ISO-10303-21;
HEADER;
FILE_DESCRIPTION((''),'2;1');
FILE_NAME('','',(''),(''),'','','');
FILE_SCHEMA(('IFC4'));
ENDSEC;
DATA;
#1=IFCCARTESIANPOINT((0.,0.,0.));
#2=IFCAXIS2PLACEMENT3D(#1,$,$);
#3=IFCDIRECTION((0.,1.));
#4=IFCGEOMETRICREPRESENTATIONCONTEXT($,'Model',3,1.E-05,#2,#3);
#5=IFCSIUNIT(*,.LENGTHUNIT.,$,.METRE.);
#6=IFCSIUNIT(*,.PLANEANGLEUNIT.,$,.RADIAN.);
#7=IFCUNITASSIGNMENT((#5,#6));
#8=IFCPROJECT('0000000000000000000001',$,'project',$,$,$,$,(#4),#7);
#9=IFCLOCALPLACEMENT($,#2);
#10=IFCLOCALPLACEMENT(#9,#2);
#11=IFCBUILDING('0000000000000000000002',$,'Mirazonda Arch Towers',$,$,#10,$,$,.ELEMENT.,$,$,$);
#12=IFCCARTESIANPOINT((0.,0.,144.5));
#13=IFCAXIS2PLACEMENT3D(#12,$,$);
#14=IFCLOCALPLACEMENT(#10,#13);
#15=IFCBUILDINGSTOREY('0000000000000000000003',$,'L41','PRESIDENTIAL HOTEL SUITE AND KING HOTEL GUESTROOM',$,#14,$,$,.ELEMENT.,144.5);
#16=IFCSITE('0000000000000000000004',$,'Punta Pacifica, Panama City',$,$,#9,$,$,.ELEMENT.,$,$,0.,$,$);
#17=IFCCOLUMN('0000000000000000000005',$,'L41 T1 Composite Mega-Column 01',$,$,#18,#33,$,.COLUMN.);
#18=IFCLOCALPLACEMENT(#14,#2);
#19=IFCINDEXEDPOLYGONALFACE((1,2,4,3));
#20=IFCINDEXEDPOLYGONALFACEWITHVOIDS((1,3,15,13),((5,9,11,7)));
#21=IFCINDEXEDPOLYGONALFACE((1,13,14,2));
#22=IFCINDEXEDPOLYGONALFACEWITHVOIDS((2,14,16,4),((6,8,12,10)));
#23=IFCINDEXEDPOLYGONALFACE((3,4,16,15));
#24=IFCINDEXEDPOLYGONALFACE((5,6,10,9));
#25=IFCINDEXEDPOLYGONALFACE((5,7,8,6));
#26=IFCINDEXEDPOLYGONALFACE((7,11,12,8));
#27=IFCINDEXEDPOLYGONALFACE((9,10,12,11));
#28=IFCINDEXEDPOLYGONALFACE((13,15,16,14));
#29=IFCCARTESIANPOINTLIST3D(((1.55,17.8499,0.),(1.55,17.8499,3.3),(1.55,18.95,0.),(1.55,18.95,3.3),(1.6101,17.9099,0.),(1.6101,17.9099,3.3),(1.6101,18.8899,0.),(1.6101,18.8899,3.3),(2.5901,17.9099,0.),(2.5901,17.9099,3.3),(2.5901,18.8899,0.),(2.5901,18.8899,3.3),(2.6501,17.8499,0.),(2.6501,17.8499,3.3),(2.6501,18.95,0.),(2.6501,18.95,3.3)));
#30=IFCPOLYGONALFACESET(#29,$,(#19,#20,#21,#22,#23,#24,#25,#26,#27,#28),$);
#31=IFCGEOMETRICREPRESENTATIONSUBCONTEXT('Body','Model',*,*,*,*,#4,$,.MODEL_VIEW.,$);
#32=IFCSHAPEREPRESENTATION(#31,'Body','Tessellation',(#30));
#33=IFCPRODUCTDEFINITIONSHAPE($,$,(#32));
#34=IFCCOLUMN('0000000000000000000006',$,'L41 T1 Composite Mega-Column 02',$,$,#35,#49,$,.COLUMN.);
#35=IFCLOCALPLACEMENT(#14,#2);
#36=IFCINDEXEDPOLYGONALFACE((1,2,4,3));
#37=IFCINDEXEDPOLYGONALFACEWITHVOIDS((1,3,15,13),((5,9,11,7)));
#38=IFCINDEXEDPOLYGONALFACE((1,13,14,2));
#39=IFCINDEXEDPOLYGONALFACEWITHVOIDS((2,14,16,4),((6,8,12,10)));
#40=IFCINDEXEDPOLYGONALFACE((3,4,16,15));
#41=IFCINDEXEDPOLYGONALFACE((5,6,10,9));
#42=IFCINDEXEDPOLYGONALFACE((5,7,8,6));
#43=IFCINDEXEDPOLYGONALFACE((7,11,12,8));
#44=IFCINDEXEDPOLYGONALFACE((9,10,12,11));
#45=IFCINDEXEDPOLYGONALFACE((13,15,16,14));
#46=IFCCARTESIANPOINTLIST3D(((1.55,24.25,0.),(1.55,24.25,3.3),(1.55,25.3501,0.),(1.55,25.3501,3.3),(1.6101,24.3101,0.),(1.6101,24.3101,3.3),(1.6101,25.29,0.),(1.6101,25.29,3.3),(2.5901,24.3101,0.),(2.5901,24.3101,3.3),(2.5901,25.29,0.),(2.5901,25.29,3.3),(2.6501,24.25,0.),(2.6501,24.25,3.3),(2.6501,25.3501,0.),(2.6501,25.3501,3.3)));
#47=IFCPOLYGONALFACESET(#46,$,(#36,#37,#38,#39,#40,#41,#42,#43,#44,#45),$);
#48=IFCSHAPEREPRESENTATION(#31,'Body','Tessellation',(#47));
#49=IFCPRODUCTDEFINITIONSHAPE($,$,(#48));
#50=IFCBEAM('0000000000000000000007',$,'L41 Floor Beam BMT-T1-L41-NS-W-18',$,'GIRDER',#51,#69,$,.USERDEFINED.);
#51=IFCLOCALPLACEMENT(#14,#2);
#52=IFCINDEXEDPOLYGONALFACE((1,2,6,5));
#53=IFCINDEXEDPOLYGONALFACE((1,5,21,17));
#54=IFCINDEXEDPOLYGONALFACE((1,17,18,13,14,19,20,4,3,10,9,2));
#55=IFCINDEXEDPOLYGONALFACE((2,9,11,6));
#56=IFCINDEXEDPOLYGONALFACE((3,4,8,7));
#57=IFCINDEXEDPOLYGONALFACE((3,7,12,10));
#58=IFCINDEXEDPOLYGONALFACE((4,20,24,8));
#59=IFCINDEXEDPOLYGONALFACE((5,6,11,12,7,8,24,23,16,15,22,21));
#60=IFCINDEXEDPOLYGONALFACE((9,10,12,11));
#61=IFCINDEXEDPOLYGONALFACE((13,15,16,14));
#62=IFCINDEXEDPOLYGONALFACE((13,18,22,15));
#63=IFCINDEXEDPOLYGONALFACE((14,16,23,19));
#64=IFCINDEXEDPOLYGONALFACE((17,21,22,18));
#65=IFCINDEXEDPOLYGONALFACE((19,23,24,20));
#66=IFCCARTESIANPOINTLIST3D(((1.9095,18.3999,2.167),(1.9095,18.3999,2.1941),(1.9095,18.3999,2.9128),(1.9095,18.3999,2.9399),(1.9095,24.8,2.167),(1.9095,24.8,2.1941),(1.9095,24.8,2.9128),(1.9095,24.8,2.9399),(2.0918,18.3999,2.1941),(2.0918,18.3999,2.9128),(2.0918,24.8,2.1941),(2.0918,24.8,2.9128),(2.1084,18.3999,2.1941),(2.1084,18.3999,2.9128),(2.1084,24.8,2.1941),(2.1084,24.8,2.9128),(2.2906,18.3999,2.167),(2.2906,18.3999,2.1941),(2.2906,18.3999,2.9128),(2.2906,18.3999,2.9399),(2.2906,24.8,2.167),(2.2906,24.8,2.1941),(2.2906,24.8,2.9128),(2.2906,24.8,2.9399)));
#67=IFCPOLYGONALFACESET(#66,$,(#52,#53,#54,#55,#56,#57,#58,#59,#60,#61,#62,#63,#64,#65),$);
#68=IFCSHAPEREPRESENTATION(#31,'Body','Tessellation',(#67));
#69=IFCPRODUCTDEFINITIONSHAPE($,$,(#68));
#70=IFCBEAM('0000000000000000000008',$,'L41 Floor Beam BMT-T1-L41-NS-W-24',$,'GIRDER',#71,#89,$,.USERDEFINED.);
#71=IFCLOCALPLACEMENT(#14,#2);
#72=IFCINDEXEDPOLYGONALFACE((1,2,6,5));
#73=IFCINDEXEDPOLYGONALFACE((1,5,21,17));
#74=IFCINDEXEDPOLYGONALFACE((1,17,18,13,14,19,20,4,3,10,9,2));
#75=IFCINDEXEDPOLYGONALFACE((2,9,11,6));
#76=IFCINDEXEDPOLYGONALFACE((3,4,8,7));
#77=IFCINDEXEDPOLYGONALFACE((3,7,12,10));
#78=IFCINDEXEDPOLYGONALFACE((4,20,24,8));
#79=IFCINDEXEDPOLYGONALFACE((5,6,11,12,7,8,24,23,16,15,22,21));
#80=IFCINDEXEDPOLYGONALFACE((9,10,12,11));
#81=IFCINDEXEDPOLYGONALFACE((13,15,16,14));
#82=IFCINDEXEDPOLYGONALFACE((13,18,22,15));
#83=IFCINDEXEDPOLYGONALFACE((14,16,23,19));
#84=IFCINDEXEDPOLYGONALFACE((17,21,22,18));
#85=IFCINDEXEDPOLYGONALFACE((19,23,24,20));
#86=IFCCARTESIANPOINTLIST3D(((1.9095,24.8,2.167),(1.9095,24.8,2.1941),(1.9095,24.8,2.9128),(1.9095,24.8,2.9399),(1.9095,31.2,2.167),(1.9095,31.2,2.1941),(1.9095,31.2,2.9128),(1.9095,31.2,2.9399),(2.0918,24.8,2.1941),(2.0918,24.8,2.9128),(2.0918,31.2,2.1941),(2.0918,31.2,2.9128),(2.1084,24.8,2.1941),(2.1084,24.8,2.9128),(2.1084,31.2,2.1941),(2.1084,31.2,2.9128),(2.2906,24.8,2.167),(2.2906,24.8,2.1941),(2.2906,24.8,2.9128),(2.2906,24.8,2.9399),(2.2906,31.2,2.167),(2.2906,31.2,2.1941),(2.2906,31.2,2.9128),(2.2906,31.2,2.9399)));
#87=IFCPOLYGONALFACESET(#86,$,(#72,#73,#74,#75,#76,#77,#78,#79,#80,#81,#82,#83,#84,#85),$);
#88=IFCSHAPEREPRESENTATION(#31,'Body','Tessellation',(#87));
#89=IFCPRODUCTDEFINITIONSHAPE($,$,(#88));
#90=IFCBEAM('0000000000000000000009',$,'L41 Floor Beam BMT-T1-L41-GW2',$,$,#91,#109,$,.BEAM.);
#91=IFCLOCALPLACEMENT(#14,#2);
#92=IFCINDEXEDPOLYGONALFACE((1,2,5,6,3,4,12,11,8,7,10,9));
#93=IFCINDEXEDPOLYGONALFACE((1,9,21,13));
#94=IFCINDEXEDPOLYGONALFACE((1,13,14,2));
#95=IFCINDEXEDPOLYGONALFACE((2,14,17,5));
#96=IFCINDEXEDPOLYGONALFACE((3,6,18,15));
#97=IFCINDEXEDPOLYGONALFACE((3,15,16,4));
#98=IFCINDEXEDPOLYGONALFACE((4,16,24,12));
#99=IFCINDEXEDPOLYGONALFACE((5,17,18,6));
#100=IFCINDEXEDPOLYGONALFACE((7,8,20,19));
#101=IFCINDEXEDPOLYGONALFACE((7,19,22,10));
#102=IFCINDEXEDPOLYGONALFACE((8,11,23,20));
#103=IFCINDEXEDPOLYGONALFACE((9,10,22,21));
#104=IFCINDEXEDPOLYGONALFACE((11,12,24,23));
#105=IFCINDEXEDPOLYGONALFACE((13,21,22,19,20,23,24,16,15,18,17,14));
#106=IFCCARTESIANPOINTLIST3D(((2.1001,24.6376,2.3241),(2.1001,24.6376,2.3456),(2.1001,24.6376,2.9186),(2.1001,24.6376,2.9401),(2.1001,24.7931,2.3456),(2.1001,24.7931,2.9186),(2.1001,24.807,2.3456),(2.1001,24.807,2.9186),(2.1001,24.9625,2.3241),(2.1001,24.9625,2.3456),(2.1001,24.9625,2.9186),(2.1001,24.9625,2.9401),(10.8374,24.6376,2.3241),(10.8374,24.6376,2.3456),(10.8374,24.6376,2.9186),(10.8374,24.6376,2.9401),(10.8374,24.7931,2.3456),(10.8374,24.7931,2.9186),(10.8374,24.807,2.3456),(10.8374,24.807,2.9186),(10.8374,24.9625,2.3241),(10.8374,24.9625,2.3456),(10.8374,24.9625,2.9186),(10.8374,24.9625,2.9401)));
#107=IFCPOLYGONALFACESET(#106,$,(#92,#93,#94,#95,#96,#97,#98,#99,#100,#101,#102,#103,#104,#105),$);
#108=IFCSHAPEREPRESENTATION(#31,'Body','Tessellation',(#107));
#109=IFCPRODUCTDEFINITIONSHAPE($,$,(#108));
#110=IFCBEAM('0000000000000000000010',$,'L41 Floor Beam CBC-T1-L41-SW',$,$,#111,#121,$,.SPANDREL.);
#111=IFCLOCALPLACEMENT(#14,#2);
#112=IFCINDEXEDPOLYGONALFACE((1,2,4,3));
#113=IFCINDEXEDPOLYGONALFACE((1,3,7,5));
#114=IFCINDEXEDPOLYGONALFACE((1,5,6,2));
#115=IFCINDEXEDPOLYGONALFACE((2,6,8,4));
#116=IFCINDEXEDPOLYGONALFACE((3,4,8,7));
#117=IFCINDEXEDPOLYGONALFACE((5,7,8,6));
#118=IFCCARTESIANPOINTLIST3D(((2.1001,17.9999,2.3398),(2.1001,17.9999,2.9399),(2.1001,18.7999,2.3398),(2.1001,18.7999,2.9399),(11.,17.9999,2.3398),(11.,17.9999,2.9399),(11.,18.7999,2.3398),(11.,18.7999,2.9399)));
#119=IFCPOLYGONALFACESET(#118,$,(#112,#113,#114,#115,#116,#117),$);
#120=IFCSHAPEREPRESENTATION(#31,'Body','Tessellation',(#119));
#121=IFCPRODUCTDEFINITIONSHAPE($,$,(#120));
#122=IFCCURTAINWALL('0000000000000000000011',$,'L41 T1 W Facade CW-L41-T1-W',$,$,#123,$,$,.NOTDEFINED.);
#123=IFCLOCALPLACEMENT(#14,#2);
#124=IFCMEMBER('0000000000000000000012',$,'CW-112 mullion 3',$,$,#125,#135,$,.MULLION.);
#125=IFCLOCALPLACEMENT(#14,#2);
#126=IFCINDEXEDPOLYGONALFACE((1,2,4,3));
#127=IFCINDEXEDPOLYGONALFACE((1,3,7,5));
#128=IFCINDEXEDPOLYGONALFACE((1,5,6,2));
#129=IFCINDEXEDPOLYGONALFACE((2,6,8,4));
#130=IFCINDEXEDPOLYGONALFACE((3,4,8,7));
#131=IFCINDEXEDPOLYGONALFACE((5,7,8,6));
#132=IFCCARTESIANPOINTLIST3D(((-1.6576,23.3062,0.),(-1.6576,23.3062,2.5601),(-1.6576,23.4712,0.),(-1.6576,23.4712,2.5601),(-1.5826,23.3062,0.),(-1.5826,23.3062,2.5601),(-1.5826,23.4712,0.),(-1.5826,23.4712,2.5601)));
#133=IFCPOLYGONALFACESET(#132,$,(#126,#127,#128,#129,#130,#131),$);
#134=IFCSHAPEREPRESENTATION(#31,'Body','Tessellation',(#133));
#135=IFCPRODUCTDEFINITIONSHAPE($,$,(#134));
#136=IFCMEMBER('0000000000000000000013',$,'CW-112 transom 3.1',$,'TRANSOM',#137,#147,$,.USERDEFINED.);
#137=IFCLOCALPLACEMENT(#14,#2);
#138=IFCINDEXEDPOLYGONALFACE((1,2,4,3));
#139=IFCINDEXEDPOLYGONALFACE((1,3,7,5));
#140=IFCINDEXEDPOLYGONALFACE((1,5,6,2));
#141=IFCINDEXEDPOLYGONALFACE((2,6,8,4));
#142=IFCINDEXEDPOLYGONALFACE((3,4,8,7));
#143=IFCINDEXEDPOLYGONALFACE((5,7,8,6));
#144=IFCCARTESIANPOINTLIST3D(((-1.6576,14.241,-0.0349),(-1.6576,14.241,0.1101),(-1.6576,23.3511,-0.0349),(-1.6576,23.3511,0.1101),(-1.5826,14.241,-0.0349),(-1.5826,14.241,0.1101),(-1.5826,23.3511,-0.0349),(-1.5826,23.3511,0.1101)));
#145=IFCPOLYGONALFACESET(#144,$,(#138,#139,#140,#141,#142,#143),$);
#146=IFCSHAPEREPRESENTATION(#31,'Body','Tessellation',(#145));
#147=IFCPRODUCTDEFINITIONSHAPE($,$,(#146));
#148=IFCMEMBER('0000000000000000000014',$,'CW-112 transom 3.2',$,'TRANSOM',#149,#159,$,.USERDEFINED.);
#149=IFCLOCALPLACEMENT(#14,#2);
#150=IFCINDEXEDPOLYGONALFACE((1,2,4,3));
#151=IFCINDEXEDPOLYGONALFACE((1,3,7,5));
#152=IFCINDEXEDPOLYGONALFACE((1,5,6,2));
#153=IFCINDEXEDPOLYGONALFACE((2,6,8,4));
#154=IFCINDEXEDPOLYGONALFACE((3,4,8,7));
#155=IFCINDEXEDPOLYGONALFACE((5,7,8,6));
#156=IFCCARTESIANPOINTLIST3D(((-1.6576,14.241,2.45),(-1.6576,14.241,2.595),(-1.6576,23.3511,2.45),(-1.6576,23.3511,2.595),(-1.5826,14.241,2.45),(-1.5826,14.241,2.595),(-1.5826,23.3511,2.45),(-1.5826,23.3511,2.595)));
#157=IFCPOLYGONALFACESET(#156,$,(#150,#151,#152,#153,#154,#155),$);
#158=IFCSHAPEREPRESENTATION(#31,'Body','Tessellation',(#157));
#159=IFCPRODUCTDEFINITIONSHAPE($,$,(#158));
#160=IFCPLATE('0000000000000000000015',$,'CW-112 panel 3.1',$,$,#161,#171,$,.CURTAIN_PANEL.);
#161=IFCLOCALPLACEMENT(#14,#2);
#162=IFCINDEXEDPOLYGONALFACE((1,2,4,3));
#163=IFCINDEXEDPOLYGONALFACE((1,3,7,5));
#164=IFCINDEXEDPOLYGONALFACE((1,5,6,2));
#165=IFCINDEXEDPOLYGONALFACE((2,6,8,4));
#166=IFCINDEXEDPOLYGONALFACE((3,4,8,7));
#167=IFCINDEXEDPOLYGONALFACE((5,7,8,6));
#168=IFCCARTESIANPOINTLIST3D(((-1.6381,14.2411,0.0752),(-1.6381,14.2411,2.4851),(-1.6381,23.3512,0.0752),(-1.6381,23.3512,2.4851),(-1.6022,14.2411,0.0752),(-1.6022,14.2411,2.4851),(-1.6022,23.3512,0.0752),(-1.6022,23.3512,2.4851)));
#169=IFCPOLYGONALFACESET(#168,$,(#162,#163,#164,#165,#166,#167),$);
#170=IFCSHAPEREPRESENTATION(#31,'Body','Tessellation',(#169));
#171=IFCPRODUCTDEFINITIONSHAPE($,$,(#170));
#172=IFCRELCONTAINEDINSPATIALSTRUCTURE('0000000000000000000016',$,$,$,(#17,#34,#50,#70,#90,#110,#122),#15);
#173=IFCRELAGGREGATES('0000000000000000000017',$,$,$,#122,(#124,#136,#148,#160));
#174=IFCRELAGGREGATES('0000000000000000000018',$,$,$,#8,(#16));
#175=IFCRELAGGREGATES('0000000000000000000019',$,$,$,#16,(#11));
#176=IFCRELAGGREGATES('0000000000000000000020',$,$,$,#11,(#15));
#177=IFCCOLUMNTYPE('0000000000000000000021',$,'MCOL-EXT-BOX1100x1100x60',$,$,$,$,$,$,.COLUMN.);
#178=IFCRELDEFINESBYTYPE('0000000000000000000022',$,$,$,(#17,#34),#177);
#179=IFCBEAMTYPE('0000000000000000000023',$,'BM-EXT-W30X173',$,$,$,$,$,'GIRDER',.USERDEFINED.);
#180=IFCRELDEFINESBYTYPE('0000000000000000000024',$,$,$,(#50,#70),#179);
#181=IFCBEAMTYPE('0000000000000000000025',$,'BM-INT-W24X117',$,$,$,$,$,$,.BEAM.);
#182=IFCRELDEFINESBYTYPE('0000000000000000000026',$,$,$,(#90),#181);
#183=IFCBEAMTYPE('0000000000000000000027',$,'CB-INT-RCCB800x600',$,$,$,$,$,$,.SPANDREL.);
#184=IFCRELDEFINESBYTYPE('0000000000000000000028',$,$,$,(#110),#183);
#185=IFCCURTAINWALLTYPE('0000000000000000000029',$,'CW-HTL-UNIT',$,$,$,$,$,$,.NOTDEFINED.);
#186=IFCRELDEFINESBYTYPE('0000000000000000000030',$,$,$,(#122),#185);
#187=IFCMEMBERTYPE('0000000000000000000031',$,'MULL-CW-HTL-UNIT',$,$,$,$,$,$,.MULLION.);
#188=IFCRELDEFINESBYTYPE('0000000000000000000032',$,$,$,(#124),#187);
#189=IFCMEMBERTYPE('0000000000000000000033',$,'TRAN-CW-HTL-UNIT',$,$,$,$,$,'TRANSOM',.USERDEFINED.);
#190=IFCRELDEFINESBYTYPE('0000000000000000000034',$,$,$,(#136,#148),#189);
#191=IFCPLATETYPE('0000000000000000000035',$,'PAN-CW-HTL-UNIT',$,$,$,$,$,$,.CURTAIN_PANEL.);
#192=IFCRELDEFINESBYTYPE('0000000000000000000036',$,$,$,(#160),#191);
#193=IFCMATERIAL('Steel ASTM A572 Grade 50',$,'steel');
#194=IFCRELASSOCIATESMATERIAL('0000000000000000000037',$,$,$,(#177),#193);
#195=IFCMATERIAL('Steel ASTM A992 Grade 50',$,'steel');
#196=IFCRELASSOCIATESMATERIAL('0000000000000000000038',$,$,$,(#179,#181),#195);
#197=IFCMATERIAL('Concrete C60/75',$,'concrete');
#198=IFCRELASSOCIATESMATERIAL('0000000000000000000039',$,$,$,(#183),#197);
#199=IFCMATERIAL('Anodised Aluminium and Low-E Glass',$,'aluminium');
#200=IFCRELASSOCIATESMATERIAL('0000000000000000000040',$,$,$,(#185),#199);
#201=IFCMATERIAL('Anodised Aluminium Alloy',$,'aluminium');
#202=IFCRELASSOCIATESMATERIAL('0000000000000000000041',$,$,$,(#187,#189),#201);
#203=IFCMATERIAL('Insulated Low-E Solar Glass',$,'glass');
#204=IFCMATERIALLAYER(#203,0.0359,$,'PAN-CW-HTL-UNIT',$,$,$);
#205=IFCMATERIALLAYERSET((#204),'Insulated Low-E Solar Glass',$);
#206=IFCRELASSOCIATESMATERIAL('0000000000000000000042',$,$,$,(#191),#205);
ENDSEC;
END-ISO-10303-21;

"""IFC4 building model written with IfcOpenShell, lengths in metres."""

from ifc_helpers import new_model, si_unit, direction, frame, origin, origin_2d, place, context, subcontext, project, spatial, rectangle, hollow_rectangle, i_section, extrude, material, layer, layer_set, material_profile, profile_set, type_object, element, aggregate, save


model = new_model("IFC4")

# Units and contexts
model_context = context("Model", 3, precision=1e-05, world=origin(), true_north=direction((0.0, 1.0)))
body_context = subcontext(model_context, "Body", "Model", "MODEL_VIEW")
ifc_project = project(units=[si_unit("LENGTHUNIT", "METRE"), si_unit("PLANEANGLEUNIT", "RADIAN")], contexts=[model_context])

# Site, building, storey
site_placement = place(None, origin())
site = spatial("IfcSite", under=ifc_project, at=site_placement, Name="Punta Pacifica, Panama City", CompositionType="ELEMENT", RefElevation=0.0)
building_placement = place(site_placement, origin())
building = spatial("IfcBuilding", under=site, at=building_placement, Name="Mirazonda Arch Towers", CompositionType="ELEMENT")
storey_placement = place(building_placement, frame((0.0, 0.0, 144.5)))
storey = spatial("IfcBuildingStorey", under=building, at=storey_placement, Name="L41", Description="PRESIDENTIAL HOTEL SUITE AND KING HOTEL GUESTROOM", CompositionType="ELEMENT", Elevation=144.5)

# Columns
ifc_material_1 = material(Name="Steel ASTM A572 Grade 50", Category="steel")
ifc_material_profile_1 = material_profile(ifc_material_1, hollow_rectangle(XDim=1.1001, YDim=1.1001, WallThickness=0.0601, at=origin_2d()), Name="BOX1100x1100x60")
ifc_profile_set_1 = profile_set([ifc_material_profile_1], Name="Steel ASTM A572 Grade 50")
column_type = type_object("IfcColumnType", Name="MCOL-EXT-BOX1100x1100x60", PredefinedType="COLUMN", material=ifc_profile_set_1)
for number, where, z_axis, x_axis, name in (
    (1, (2.1001, 18.3999, 0.0), (0.0, 0.0, 1.0), (1.0, 0.0, 0.0), "L41 T1 Composite Mega-Column 01"),
    (2, (2.1001, 24.8, 0.0), (0.0, 0.0, 1.0), (1.0, 0.0, 0.0), "L41 T1 Composite Mega-Column 02"),
):
    element("IfcColumn", number, at=place(storey_placement, frame(where, z_axis=z_axis, x_axis=x_axis)), inside=storey, type_object=column_type, Name=name, PredefinedType="COLUMN", context=body_context, shape_type="SweptSolid", body=[
        extrude(hollow_rectangle(XDim=1.1001, YDim=1.1001, WallThickness=0.0601, at=origin_2d()), origin(), (0.0, 0.0, 1.0), 3.3),
    ])

# Beams
ifc_material_2 = material(Name="Steel ASTM A992 Grade 50", Category="steel")
ifc_material_profile_2 = material_profile(ifc_material_2, i_section(OverallWidth=0.3811, OverallDepth=0.7729, WebThickness=0.0166, FlangeThickness=0.0271, at=origin_2d()), Name="W30X173")
ifc_profile_set_2 = profile_set([ifc_material_profile_2], Name="Steel ASTM A992 Grade 50")
beam_type_1 = type_object("IfcBeamType", Name="BM-EXT-W30X173", ElementType="GIRDER", PredefinedType="USERDEFINED", material=ifc_profile_set_2)
beam_1_placement = place(storey_placement, frame((2.1001, 18.3999, 2.5535), z_axis=(0.0, 1.0, 0.0), x_axis=(-1.0, 0.0, 0.0)))
element("IfcBeam", 3, at=beam_1_placement, inside=storey, type_object=beam_type_1, Name="L41 Floor Beam BMT-T1-L41-NS-W-18", ObjectType="GIRDER", PredefinedType="USERDEFINED", context=body_context, shape_type="SweptSolid", body=[
    extrude(i_section(OverallWidth=0.3811, OverallDepth=0.7729, WebThickness=0.0166, FlangeThickness=0.0271, at=origin_2d()), origin(), (0.0, 0.0, 1.0), 6.4001),
])
beam_2_placement = place(storey_placement, frame((2.1001, 24.8, 2.5535), z_axis=(0.0, 1.0, 0.0), x_axis=(-1.0, 0.0, 0.0)))
element("IfcBeam", 4, at=beam_2_placement, inside=storey, type_object=beam_type_1, Name="L41 Floor Beam BMT-T1-L41-NS-W-24", ObjectType="GIRDER", PredefinedType="USERDEFINED", context=body_context, shape_type="SweptSolid", body=[
    extrude(i_section(OverallWidth=0.3811, OverallDepth=0.7729, WebThickness=0.0166, FlangeThickness=0.0271, at=origin_2d()), origin(), (0.0, 0.0, 1.0), 6.3999),
])
ifc_material_profile_3 = material_profile(ifc_material_2, i_section(OverallWidth=0.325, OverallDepth=0.616, WebThickness=0.0139, FlangeThickness=0.0215, at=origin_2d()), Name="W24X117")
ifc_profile_set_3 = profile_set([ifc_material_profile_3], Name="Steel ASTM A992 Grade 50")
beam_type_2 = type_object("IfcBeamType", Name="BM-INT-W24X117", PredefinedType="BEAM", material=ifc_profile_set_3)
beam_3_placement = place(storey_placement, frame((2.1001, 24.8, 2.6321), z_axis=(1.0, 0.0, 0.0), x_axis=(0.0, 1.0, 0.0)))
element("IfcBeam", 5, at=beam_3_placement, inside=storey, type_object=beam_type_2, Name="L41 Floor Beam BMT-T1-L41-GW2", PredefinedType="BEAM", context=body_context, shape_type="SweptSolid", body=[
    extrude(i_section(OverallWidth=0.325, OverallDepth=0.616, WebThickness=0.0139, FlangeThickness=0.0215, at=origin_2d()), origin(), (0.0, 0.0, 1.0), 8.7373),
])
ifc_material_3 = material(Name="Concrete C60/75", Category="concrete")
ifc_material_profile_4 = material_profile(ifc_material_3, rectangle(XDim=0.8, YDim=0.6001, at=origin_2d()), Name="RCCB800x600")
ifc_profile_set_4 = profile_set([ifc_material_profile_4], Name="Concrete C60/75")
beam_type_3 = type_object("IfcBeamType", Name="CB-INT-RCCB800x600", PredefinedType="SPANDREL", material=ifc_profile_set_4)
beam_4_placement = place(storey_placement, frame((2.1001, 18.3999, 2.6399), z_axis=(1.0, 0.0, 0.0), x_axis=(0.0, 1.0, 0.0)))
element("IfcBeam", 6, at=beam_4_placement, inside=storey, type_object=beam_type_3, Name="L41 Floor Beam CBC-T1-L41-SW", PredefinedType="SPANDREL", context=body_context, shape_type="SweptSolid", body=[
    extrude(rectangle(XDim=0.8, YDim=0.6001, at=origin_2d()), origin(), (0.0, 0.0, 1.0), 8.8999),
])

# Curtain wall, members, plate
ifc_material_4 = material(Name="Anodised Aluminium and Low-E Glass", Category="aluminium")
curtain_wall_type = type_object("IfcCurtainWallType", Name="CW-HTL-UNIT", PredefinedType="NOTDEFINED", material=ifc_material_4)
curtain_wall_placement = place(storey_placement, origin())
curtain_wall = element("IfcCurtainWall", 7, at=curtain_wall_placement, inside=storey, type_object=curtain_wall_type, Name="L41 T1 W Facade CW-L41-T1-W", PredefinedType="NOTDEFINED")
ifc_material_5 = material(Name="Anodised Aluminium Alloy", Category="aluminium")
ifc_material_profile_5 = material_profile(ifc_material_5, rectangle(XDim=0.075, YDim=0.165, at=origin_2d()), Name="ALU-MULL-75x165")
ifc_profile_set_5 = profile_set([ifc_material_profile_5], Name="Anodised Aluminium Alloy")
member_type_1 = type_object("IfcMemberType", Name="MULL-CW-HTL-UNIT", PredefinedType="MULLION", material=ifc_profile_set_5)
member_1_placement = place(storey_placement, frame((-1.6201, 23.3887, 0.0), z_axis=(0.0, 0.0, 1.0), x_axis=(1.0, 0.0, 0.0)))
member_1 = element("IfcMember", 8, at=member_1_placement, type_object=member_type_1, Name="CW-112 mullion 3", PredefinedType="MULLION", context=body_context, shape_type="SweptSolid", body=[
    extrude(rectangle(XDim=0.075, YDim=0.165, at=origin_2d()), origin(), (0.0, 0.0, 1.0), 2.5601),
])
ifc_material_profile_6 = material_profile(ifc_material_5, rectangle(XDim=0.075, YDim=0.145, at=origin_2d()), Name="ALU-TRAN-75x145")
ifc_profile_set_6 = profile_set([ifc_material_profile_6], Name="Anodised Aluminium Alloy")
member_type_2 = type_object("IfcMemberType", Name="TRAN-CW-HTL-UNIT", ElementType="TRANSOM", PredefinedType="USERDEFINED", material=ifc_profile_set_6)
member_2_placement = place(storey_placement, frame((-1.6201, 23.3511, 0.0376), z_axis=(0.0, -1.0, 0.0), x_axis=(1.0, 0.0, 0.0)))
member_2 = element("IfcMember", 9, at=member_2_placement, type_object=member_type_2, Name="CW-112 transom 3.1", ObjectType="TRANSOM", PredefinedType="USERDEFINED", context=body_context, shape_type="SweptSolid", body=[
    extrude(rectangle(XDim=0.075, YDim=0.145, at=origin_2d()), origin(), (0.0, 0.0, 1.0), 9.1101),
])
member_3_placement = place(storey_placement, frame((-1.6201, 23.3511, 2.5225), z_axis=(0.0, -1.0, 0.0), x_axis=(1.0, 0.0, 0.0)))
member_3 = element("IfcMember", 10, at=member_3_placement, type_object=member_type_2, Name="CW-112 transom 3.2", ObjectType="TRANSOM", PredefinedType="USERDEFINED", context=body_context, shape_type="SweptSolid", body=[
    extrude(rectangle(XDim=0.075, YDim=0.145, at=origin_2d()), origin(), (0.0, 0.0, 1.0), 9.1101),
])
ifc_material_6 = material(Name="Insulated Low-E Solar Glass", Category="glass")
ifc_layer_1 = layer(ifc_material_6, 0.0359, Name="PAN-CW-HTL-UNIT")
ifc_layer_set_1 = layer_set([ifc_layer_1], Name="Insulated Low-E Solar Glass")
plate_type = type_object("IfcPlateType", Name="PAN-CW-HTL-UNIT", PredefinedType="CURTAIN_PANEL", material=ifc_layer_set_1)
plate_placement = place(storey_placement, frame((-1.6201, 18.7961, 0.0752), z_axis=(0.0, 0.0, 1.0), x_axis=(0.0, -1.0, 0.0)))
plate = element("IfcPlate", 11, at=plate_placement, type_object=plate_type, Name="CW-112 panel 3.1", PredefinedType="CURTAIN_PANEL", context=body_context, shape_type="SweptSolid", body=[
    extrude(rectangle(XDim=9.1101, YDim=0.0359, at=origin_2d()), origin(), (0.0, 0.0, 1.0), 2.4099),
])
aggregate(curtain_wall, [member_1, member_2, member_3, plate])

save(model, "model.ifc")
